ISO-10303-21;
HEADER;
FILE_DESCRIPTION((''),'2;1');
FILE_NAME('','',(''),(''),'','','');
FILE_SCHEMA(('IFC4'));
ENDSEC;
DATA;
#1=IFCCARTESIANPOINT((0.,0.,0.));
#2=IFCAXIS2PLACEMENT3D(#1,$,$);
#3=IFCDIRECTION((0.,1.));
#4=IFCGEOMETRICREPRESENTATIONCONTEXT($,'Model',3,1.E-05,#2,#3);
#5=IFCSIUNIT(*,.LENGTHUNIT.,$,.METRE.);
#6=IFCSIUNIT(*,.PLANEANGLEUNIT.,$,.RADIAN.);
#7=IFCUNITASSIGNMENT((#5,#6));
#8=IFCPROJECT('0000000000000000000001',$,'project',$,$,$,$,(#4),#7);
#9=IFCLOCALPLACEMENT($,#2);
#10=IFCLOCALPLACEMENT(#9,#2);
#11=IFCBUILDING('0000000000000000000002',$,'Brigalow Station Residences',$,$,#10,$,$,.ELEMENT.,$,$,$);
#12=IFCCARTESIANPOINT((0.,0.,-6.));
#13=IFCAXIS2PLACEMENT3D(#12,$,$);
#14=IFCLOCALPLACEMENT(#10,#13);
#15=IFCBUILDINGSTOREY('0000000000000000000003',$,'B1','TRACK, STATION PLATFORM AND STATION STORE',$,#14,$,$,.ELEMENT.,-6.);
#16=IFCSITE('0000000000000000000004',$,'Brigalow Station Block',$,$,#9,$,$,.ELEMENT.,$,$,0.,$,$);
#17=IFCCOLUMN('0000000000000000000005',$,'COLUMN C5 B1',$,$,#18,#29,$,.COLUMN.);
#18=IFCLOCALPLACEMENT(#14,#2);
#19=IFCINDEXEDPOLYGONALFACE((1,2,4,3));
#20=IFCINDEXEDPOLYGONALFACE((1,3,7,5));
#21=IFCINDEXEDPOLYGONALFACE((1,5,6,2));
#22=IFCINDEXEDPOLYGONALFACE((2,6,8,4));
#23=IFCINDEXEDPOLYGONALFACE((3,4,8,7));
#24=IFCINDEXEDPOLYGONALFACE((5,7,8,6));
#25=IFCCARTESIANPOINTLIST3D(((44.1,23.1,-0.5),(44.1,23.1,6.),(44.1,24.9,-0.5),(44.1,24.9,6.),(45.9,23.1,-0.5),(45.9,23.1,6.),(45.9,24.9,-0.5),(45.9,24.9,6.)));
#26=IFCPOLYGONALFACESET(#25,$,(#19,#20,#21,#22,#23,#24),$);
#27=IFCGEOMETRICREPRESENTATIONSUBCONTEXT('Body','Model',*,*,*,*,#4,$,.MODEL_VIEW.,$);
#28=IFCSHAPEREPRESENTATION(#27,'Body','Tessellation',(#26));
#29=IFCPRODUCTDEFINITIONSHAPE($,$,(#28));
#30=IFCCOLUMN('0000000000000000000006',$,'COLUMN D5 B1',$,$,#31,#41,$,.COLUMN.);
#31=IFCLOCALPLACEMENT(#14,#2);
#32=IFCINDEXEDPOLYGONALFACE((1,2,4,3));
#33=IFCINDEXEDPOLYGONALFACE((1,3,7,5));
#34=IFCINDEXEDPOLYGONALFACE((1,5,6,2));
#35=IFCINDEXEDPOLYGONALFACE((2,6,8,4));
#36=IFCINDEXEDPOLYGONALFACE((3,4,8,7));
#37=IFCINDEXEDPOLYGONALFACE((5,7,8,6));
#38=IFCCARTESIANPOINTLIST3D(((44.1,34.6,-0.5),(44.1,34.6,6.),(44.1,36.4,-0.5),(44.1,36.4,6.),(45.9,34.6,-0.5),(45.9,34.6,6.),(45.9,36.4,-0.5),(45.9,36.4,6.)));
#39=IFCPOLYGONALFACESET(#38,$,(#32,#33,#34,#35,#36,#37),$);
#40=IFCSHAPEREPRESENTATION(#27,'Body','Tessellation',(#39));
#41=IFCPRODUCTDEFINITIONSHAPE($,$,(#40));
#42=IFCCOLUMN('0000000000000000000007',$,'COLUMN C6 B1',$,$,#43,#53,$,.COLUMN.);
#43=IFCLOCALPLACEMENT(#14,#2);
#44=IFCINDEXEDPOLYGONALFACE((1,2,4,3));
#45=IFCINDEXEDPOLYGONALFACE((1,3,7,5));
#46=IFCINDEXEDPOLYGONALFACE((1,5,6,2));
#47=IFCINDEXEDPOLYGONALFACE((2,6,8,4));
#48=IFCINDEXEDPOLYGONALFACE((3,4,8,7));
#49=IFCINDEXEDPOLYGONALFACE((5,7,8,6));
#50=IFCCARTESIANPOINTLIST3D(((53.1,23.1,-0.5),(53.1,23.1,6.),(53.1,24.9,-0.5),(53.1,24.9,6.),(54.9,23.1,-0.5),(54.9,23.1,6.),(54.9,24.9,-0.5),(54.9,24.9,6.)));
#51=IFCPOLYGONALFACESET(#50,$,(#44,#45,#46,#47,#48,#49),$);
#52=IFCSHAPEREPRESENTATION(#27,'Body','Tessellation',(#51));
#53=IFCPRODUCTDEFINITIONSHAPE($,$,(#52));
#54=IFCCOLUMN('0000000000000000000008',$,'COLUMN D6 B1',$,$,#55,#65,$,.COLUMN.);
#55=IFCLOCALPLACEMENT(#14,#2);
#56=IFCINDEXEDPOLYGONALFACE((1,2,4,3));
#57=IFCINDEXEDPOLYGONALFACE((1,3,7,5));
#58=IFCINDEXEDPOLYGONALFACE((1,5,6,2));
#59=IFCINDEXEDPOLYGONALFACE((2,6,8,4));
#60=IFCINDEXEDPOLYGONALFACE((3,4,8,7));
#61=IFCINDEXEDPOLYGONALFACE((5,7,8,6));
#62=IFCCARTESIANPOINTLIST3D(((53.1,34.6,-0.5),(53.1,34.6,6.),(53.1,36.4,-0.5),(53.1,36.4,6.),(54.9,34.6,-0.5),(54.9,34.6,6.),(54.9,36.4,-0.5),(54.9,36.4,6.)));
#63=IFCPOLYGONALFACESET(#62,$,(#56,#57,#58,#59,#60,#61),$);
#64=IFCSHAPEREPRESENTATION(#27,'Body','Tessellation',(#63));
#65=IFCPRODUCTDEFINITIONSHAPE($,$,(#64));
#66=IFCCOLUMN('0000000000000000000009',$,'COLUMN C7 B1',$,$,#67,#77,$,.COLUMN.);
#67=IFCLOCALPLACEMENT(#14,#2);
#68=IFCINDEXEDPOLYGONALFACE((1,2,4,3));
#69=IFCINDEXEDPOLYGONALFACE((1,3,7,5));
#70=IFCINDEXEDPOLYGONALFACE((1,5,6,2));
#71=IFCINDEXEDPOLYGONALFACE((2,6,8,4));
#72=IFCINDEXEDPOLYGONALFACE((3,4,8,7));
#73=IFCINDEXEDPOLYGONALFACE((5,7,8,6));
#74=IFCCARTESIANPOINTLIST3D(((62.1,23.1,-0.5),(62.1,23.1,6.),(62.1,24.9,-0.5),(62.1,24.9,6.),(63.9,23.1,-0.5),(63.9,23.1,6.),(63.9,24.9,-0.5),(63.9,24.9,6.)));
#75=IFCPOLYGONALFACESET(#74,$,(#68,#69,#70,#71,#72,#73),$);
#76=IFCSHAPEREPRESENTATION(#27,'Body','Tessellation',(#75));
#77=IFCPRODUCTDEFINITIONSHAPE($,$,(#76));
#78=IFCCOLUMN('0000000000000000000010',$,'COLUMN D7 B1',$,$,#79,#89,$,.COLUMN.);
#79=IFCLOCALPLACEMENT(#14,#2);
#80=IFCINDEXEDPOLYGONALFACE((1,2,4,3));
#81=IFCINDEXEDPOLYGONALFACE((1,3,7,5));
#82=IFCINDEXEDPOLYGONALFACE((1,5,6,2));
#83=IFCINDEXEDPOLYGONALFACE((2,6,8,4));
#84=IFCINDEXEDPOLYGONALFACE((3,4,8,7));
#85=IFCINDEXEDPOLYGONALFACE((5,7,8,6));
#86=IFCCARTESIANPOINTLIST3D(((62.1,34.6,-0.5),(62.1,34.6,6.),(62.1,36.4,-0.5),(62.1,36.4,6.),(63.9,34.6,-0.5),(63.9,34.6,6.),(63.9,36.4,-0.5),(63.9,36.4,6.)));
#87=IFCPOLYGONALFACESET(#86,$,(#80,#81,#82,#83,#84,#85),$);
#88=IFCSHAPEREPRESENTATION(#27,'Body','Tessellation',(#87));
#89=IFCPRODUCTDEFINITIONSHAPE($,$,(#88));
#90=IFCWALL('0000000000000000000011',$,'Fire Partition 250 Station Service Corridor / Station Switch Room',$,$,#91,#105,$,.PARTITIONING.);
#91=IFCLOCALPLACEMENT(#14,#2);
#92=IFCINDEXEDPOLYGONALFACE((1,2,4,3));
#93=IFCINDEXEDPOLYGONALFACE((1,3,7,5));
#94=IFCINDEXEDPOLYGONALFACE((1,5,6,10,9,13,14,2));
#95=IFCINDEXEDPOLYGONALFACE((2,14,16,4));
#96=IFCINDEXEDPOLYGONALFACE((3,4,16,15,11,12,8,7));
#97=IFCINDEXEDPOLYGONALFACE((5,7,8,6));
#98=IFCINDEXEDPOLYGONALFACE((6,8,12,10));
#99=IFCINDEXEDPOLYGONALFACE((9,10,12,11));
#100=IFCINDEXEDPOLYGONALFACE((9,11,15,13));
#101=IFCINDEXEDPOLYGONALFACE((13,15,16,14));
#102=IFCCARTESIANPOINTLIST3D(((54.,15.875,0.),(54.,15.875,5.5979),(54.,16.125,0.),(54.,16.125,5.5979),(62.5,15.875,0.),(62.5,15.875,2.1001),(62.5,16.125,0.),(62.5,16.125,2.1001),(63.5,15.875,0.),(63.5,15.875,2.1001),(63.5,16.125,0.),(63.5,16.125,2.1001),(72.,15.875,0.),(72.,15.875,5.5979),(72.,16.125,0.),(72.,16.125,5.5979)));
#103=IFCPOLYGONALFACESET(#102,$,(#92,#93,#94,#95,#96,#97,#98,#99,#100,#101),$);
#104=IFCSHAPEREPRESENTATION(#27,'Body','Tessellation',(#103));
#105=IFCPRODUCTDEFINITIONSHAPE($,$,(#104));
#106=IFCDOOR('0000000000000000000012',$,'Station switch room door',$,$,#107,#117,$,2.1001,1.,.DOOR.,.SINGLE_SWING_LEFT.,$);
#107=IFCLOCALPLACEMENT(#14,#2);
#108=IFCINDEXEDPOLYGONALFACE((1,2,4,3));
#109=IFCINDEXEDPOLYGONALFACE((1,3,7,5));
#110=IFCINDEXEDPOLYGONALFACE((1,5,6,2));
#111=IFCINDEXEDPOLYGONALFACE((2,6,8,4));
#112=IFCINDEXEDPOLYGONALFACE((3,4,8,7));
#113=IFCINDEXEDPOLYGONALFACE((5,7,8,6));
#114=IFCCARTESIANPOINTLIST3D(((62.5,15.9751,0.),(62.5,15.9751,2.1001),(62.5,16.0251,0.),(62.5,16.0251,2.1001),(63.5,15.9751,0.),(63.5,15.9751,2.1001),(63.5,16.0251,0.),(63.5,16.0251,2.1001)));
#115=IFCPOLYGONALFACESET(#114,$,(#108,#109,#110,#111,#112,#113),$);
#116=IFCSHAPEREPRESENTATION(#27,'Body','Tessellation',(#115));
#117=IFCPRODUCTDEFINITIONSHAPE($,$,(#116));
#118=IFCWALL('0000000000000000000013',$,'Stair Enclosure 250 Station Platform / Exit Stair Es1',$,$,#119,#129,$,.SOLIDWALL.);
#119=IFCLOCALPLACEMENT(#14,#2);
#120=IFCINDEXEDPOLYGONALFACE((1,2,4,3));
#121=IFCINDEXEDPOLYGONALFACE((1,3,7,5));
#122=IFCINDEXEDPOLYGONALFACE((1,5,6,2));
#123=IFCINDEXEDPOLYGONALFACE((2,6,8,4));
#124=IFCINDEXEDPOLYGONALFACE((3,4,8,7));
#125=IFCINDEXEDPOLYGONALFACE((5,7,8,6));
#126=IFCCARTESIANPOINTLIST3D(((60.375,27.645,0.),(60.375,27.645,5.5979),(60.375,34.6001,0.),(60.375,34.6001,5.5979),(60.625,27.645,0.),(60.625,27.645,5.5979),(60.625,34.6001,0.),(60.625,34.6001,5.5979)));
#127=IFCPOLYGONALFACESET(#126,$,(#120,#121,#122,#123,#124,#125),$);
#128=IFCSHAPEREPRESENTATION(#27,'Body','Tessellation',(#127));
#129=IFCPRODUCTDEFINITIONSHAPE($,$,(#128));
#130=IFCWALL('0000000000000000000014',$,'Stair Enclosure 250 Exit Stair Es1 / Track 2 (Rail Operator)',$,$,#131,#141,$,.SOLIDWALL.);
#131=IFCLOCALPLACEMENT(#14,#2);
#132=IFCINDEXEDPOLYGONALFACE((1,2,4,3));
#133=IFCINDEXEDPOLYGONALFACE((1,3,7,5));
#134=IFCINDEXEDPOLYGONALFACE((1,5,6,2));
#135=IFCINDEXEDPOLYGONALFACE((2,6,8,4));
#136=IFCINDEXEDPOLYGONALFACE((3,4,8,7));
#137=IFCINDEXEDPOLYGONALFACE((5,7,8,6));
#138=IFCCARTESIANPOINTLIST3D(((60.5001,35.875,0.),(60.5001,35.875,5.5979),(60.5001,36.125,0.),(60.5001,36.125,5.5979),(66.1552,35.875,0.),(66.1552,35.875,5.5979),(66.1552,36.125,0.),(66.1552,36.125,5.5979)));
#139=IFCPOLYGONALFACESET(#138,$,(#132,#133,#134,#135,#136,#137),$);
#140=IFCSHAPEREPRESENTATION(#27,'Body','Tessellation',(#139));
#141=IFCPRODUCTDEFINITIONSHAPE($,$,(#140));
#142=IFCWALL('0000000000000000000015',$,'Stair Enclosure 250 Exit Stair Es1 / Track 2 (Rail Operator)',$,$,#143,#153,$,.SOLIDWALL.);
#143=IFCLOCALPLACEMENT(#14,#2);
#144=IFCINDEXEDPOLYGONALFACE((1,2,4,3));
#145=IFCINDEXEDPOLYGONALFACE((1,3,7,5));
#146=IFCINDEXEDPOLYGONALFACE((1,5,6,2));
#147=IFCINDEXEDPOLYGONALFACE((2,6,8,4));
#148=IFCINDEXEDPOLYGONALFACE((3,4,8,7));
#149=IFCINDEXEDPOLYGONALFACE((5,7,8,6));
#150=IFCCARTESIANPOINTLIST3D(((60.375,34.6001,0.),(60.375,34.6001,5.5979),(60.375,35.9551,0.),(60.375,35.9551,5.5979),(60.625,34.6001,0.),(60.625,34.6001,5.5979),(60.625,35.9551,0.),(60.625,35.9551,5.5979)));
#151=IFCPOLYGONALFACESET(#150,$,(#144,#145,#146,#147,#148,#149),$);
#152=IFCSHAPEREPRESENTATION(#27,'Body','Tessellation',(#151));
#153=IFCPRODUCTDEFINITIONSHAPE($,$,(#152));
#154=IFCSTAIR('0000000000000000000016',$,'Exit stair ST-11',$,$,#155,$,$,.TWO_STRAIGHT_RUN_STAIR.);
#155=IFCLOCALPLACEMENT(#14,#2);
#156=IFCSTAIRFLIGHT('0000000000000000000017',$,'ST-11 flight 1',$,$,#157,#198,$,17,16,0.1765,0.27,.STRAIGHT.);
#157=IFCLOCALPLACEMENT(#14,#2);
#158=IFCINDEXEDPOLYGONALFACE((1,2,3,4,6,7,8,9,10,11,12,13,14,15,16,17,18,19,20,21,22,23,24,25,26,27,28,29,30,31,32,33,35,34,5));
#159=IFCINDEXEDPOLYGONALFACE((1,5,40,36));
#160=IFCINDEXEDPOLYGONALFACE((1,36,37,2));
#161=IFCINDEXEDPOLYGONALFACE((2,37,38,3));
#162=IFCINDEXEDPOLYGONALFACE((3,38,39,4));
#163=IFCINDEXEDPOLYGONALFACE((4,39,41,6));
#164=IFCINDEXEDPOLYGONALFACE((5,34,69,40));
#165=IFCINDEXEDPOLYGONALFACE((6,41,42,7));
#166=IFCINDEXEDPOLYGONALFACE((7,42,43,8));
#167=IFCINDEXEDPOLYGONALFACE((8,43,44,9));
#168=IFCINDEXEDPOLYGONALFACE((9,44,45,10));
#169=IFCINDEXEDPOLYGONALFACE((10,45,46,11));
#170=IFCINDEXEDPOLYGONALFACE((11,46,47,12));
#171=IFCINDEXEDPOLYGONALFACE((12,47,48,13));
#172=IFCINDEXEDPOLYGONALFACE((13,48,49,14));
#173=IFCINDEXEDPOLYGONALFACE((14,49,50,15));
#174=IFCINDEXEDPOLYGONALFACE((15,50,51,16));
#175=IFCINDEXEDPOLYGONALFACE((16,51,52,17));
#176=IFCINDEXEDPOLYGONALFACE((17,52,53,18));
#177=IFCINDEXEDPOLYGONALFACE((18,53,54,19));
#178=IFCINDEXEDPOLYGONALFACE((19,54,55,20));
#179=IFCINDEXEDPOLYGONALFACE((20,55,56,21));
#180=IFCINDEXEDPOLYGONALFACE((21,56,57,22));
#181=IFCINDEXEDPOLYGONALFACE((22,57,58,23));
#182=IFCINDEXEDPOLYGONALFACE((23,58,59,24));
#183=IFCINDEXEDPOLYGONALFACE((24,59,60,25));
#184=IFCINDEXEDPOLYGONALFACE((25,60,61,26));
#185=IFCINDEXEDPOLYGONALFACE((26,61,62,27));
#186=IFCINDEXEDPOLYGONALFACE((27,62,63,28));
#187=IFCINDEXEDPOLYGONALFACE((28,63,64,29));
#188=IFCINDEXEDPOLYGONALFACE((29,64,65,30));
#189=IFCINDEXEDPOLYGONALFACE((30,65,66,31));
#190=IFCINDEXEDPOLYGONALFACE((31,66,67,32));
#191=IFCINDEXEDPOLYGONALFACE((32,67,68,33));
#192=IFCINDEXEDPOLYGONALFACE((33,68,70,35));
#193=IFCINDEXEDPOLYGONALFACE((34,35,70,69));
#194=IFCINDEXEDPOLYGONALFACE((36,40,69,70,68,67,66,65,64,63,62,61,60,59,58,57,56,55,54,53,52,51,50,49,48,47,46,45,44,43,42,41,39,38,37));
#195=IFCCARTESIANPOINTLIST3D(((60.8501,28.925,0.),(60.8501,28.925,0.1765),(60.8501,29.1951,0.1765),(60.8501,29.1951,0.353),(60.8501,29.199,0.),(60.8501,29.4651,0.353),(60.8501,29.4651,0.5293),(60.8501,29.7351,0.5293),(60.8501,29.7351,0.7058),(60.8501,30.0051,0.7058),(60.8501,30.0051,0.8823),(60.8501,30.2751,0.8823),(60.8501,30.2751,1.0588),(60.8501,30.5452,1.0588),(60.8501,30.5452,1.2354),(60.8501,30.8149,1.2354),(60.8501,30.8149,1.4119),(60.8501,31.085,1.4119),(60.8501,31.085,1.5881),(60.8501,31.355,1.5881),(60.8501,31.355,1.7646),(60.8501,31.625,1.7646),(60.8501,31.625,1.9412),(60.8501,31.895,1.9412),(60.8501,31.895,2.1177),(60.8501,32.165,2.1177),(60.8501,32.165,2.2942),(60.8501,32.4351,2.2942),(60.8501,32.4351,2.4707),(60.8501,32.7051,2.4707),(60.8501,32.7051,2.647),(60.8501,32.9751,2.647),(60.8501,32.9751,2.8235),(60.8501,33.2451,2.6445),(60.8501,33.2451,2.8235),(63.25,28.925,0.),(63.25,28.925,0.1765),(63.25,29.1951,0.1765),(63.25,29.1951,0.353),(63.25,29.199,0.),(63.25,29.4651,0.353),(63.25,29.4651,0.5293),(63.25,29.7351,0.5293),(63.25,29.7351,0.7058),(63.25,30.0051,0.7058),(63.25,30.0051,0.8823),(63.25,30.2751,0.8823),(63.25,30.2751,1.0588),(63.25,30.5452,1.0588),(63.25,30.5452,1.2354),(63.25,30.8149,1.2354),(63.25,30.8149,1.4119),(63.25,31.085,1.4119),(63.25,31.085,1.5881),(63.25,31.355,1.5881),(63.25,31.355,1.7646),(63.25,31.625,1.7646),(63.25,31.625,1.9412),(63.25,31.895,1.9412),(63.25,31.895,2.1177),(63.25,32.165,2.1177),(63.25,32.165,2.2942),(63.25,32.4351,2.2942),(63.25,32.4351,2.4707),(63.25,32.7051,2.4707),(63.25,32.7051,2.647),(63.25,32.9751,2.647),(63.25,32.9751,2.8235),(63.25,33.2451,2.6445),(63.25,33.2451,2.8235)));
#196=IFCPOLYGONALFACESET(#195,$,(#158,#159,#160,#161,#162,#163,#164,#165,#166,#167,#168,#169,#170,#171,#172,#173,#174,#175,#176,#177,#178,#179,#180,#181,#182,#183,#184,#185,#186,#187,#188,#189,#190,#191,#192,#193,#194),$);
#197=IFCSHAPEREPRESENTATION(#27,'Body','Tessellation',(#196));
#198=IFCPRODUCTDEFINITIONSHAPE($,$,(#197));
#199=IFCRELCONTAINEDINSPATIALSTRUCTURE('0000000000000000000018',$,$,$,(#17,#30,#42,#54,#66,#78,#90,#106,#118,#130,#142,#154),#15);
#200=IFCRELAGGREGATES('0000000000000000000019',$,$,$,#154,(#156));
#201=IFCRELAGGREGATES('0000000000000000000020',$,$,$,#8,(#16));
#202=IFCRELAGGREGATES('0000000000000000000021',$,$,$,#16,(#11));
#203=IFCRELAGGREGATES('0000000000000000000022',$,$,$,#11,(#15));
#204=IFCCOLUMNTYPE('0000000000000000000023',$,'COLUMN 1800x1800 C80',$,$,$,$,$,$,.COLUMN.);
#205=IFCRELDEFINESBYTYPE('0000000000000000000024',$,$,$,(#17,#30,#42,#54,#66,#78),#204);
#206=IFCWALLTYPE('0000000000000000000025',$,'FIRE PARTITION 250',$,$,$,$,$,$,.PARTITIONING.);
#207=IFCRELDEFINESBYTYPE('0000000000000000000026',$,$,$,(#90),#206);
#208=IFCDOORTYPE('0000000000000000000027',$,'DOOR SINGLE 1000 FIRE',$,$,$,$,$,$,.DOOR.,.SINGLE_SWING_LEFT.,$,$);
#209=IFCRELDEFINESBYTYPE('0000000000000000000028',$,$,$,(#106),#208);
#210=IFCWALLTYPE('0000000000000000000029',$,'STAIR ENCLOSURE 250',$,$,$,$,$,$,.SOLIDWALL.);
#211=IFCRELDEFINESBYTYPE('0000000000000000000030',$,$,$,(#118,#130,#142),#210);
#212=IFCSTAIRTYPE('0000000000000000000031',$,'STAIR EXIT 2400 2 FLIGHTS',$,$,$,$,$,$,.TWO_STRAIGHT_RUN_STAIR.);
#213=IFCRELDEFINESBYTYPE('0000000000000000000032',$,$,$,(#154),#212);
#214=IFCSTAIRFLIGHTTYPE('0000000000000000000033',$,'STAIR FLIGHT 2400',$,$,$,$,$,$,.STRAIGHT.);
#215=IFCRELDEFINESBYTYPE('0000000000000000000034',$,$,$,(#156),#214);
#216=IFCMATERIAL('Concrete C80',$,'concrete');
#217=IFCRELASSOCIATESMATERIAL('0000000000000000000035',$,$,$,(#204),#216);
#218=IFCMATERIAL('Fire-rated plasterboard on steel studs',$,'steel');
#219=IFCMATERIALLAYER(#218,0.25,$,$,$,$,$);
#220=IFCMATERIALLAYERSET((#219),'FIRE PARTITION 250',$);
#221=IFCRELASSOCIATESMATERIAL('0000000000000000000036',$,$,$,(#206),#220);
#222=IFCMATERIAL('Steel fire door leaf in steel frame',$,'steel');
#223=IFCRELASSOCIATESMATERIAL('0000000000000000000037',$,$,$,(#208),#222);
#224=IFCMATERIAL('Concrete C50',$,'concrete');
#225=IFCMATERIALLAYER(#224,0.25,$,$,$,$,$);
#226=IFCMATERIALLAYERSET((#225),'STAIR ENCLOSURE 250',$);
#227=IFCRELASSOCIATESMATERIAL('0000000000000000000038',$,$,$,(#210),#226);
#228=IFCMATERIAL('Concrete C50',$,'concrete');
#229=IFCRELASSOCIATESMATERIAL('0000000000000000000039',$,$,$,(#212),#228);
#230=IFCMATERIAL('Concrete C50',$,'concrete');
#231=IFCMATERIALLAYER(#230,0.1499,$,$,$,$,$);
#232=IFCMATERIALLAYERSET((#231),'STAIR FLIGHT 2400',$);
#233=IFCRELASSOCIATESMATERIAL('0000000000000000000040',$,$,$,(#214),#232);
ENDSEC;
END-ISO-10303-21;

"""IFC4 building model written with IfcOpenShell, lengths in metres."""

from ifc_helpers import new_model, si_unit, direction, frame, frame_2d, origin, origin_2d, place, context, subcontext, project, spatial, polyline, rectangle, outline, extrude, material, layer, layer_set, material_profile, profile_set, type_object, element, fill, aggregate, save


model = new_model("IFC4")

# Units and contexts
model_context = context("Model", 3, precision=1e-05, world=origin(), true_north=direction((0.0, 1.0)))
body_context = subcontext(model_context, "Body", "Model", "MODEL_VIEW")
ifc_project = project(units=[si_unit("LENGTHUNIT", "METRE"), si_unit("PLANEANGLEUNIT", "RADIAN")], contexts=[model_context])

# Site, building, storey
site_placement = place(None, origin())
site = spatial("IfcSite", under=ifc_project, at=site_placement, Name="Brigalow Station Block", CompositionType="ELEMENT", RefElevation=0.0)
building_placement = place(site_placement, origin())
building = spatial("IfcBuilding", under=site, at=building_placement, Name="Brigalow Station Residences", CompositionType="ELEMENT")
storey_placement = place(building_placement, frame((0.0, 0.0, -6.0)))
storey = spatial("IfcBuildingStorey", under=building, at=storey_placement, Name="B1", Description="TRACK, STATION PLATFORM AND STATION STORE", CompositionType="ELEMENT", Elevation=-6.0)

# Columns
ifc_material_1 = material(Name="Concrete C80", Category="concrete")
ifc_material_profile_1 = material_profile(ifc_material_1, rectangle(XDim=1.8, YDim=1.8, at=origin_2d()), Name="RC1800x1800")
ifc_profile_set_1 = profile_set([ifc_material_profile_1], Name="Concrete C80")
column_type = type_object("IfcColumnType", Name="COLUMN 1800x1800 C80", PredefinedType="COLUMN", material=ifc_profile_set_1)
for number, where, z_axis, x_axis, name in (
    (1, (45.0, 24.0, -0.5), (0.0, 0.0, 1.0), (1.0, 0.0, 0.0), "COLUMN C5 B1"),
    (2, (45.0, 35.5, -0.5), (0.0, 0.0, 1.0), (1.0, 0.0, 0.0), "COLUMN D5 B1"),
    (3, (54.0, 24.0, -0.5), (0.0, 0.0, 1.0), (1.0, 0.0, 0.0), "COLUMN C6 B1"),
    (4, (54.0, 35.5, -0.5), (0.0, 0.0, 1.0), (1.0, 0.0, 0.0), "COLUMN D6 B1"),
    (5, (63.0, 24.0, -0.5), (0.0, 0.0, 1.0), (1.0, 0.0, 0.0), "COLUMN C7 B1"),
    (6, (63.0, 35.5, -0.5), (0.0, 0.0, 1.0), (1.0, 0.0, 0.0), "COLUMN D7 B1"),
):
    element("IfcColumn", number, at=place(storey_placement, frame(where, z_axis=z_axis, x_axis=x_axis)), inside=storey, type_object=column_type, Name=name, PredefinedType="COLUMN", context=body_context, shape_type="SweptSolid", body=[
        extrude(rectangle(XDim=1.8, YDim=1.8, at=origin_2d()), origin(), (0.0, 0.0, 1.0), 6.5),
    ])

# Wall, opening, door
ifc_material_2 = material(Name="Fire-rated plasterboard on steel studs", Category="steel")
ifc_layer_1 = layer(ifc_material_2, 0.25)
ifc_layer_set_1 = layer_set([ifc_layer_1], Name="FIRE PARTITION 250")
wall_type_1 = type_object("IfcWallType", Name="FIRE PARTITION 250", PredefinedType="PARTITIONING", material=ifc_layer_set_1)
wall_1_placement = place(storey_placement, frame((54.0, 16.0, 0.0), z_axis=(0.0, 0.0, 1.0), x_axis=(1.0, 0.0, 0.0)))
wall_1 = element("IfcWall", 7, at=wall_1_placement, inside=storey, type_object=wall_type_1, Name="Fire Partition 250 Station Service Corridor / Station Switch Room", PredefinedType="PARTITIONING", context=body_context, shape_type="SweptSolid", body=[
    extrude(rectangle(XDim=18.0, YDim=0.25, at=frame_2d((9.0, 0.0))), origin(), (0.0, 0.0, 1.0), 5.5979),
])
opening_1_placement = place(wall_1_placement, frame((8.5, 0.0, 0.0)))
opening_1 = element("IfcOpeningElement", 8, at=opening_1_placement, cuts=wall_1, PredefinedType="OPENING", context=body_context, shape_type="SweptSolid", body=[
    extrude(rectangle(XDim=1.0, YDim=2.1001, at=frame_2d((0.5, 1.05))), frame((0.0, 0.135, 0.0), z_axis=(0.0, -1.0, 0.0), x_axis=(1.0, 0.0, 0.0)), (0.0, 0.0, 1.0), 0.27),
])
ifc_material_3 = material(Name="Steel fire door leaf in steel frame", Category="steel")
door_type_1 = type_object("IfcDoorType", Name="DOOR SINGLE 1000 FIRE", OperationType="SINGLE_SWING_LEFT", PredefinedType="DOOR", material=ifc_material_3)
door_1_placement = place(opening_1_placement, frame((1.0, 0.0, 0.0), z_axis=(0.0, 0.0, 1.0), x_axis=(-1.0, 0.0, 0.0)))
door_1 = element("IfcDoor", 9, at=door_1_placement, inside=storey, type_object=door_type_1, Name="Station switch room door", OperationType="SINGLE_SWING_LEFT", OverallHeight=2.1001, OverallWidth=1.0, PredefinedType="DOOR", context=body_context, shape_type="SweptSolid", body=[
    extrude(rectangle(XDim=1.0, YDim=2.1001, at=frame_2d((0.5, 1.05))), frame((0.0, 0.0249, 0.0), z_axis=(0.0, -1.0, 0.0), x_axis=(1.0, 0.0, 0.0)), (0.0, 0.0, 1.0), 0.05),
])
fill(opening_1, door_1)
ifc_material_4 = material(Name="Concrete C50", Category="concrete")
ifc_layer_2 = layer(ifc_material_4, 0.25)
ifc_layer_set_2 = layer_set([ifc_layer_2], Name="STAIR ENCLOSURE 250")
wall_type_2 = type_object("IfcWallType", Name="STAIR ENCLOSURE 250", PredefinedType="SOLIDWALL", material=ifc_layer_set_2)

# Walls
wall_2_placement = place(storey_placement, frame((60.5, 27.645, 0.0), z_axis=(0.0, 0.0, 1.0), x_axis=(0.0, 1.0, 0.0)))
element("IfcWall", 10, at=wall_2_placement, inside=storey, type_object=wall_type_2, Name="Stair Enclosure 250 Station Platform / Exit Stair Es1", PredefinedType="SOLIDWALL", context=body_context, shape_type="SweptSolid", body=[
    extrude(rectangle(XDim=6.9551, YDim=0.25, at=frame_2d((3.4775, 0.0))), origin(), (0.0, 0.0, 1.0), 5.5979),
])
wall_3_placement = place(storey_placement, frame((60.5, 36.0, 0.0), z_axis=(0.0, 0.0, 1.0), x_axis=(1.0, 0.0, 0.0)))
element("IfcWall", 11, at=wall_3_placement, inside=storey, type_object=wall_type_2, Name="Stair Enclosure 250 Exit Stair Es1 / Track 2 (Rail Operator)", PredefinedType="SOLIDWALL", context=body_context, shape_type="SweptSolid", body=[
    extrude(rectangle(XDim=5.655, YDim=0.25, at=frame_2d((2.8276, 0.0))), origin(), (0.0, 0.0, 1.0), 5.5979),
])
wall_4_placement = place(storey_placement, frame((60.5, 34.6001, 0.0), z_axis=(0.0, 0.0, 1.0), x_axis=(0.0, 1.0, 0.0)))
element("IfcWall", 12, at=wall_4_placement, inside=storey, type_object=wall_type_2, Name="Stair Enclosure 250 Exit Stair Es1 / Track 2 (Rail Operator)", PredefinedType="SOLIDWALL", context=body_context, shape_type="SweptSolid", body=[
    extrude(rectangle(XDim=1.355, YDim=0.25, at=frame_2d((0.6775, 0.0))), origin(), (0.0, 0.0, 1.0), 5.5979),
])

# Stair, stair flight
ifc_material_5 = material(Name="Concrete C50", Category="concrete")
stair_type = type_object("IfcStairType", Name="STAIR EXIT 2400 2 FLIGHTS", PredefinedType="TWO_STRAIGHT_RUN_STAIR", material=ifc_material_5)
stair_placement = place(storey_placement, origin())
stair = element("IfcStair", 13, at=stair_placement, inside=storey, type_object=stair_type, Name="Exit stair ST-11", PredefinedType="TWO_STRAIGHT_RUN_STAIR")
ifc_material_6 = material(Name="Concrete C50", Category="concrete")
ifc_layer_3 = layer(ifc_material_6, 0.1499)
ifc_layer_set_3 = layer_set([ifc_layer_3], Name="STAIR FLIGHT 2400")
stair_flight_type = type_object("IfcStairFlightType", Name="STAIR FLIGHT 2400", PredefinedType="STRAIGHT", material=ifc_layer_set_3)
stair_flight_placement = place(storey_placement, frame((62.05, 28.925, 0.0), z_axis=(0.0, 0.0, 1.0), x_axis=(0.0, 1.0, 0.0)))
stair_flight = element("IfcStairFlight", 14, at=stair_flight_placement, type_object=stair_flight_type, Name="ST-11 flight 1", NumberOfRisers=17, NumberOfTreads=16, PredefinedType="STRAIGHT", RiserHeight=0.1765, TreadLength=0.27, context=body_context, shape_type="SweptSolid", body=[
    extrude(outline(polyline([(0.0, 0.0), (0.0, 0.1765), (0.27, 0.1765), (0.27, 0.353), (0.54, 0.353), (0.54, 0.5293), (0.8101, 0.5293), (0.8101, 0.7058), (1.0801, 0.7058), (1.0801, 0.8823), (1.3501, 0.8823), (1.3501, 1.0588), (1.6201, 1.0588), (1.6201, 1.2354), (1.8899, 1.2354), (1.8899, 1.4119), (2.1599, 1.4119), (2.1599, 1.5881), (2.4299, 1.5881), (2.4299, 1.7646), (2.7, 1.7646), (2.7, 1.9412), (2.97, 1.9412), (2.97, 2.1177), (3.24, 2.1177), (3.24, 2.2942), (3.51, 2.2942), (3.51, 2.4707), (3.78, 2.4707), (3.78, 2.647), (4.05, 2.647), (4.05, 2.8235), (4.3201, 2.8235), (4.3201, 3.0), (4.3201, 2.6445), (0.2739, 0.0), (0.0, 0.0)])), frame((0.0, 1.2, 0.0), z_axis=(0.0, -1.0, 0.0), x_axis=(1.0, 0.0, 0.0)), (0.0, 0.0, 1.0), 2.3999),
])
aggregate(stair, [stair_flight])

save(model, "model.ifc")
